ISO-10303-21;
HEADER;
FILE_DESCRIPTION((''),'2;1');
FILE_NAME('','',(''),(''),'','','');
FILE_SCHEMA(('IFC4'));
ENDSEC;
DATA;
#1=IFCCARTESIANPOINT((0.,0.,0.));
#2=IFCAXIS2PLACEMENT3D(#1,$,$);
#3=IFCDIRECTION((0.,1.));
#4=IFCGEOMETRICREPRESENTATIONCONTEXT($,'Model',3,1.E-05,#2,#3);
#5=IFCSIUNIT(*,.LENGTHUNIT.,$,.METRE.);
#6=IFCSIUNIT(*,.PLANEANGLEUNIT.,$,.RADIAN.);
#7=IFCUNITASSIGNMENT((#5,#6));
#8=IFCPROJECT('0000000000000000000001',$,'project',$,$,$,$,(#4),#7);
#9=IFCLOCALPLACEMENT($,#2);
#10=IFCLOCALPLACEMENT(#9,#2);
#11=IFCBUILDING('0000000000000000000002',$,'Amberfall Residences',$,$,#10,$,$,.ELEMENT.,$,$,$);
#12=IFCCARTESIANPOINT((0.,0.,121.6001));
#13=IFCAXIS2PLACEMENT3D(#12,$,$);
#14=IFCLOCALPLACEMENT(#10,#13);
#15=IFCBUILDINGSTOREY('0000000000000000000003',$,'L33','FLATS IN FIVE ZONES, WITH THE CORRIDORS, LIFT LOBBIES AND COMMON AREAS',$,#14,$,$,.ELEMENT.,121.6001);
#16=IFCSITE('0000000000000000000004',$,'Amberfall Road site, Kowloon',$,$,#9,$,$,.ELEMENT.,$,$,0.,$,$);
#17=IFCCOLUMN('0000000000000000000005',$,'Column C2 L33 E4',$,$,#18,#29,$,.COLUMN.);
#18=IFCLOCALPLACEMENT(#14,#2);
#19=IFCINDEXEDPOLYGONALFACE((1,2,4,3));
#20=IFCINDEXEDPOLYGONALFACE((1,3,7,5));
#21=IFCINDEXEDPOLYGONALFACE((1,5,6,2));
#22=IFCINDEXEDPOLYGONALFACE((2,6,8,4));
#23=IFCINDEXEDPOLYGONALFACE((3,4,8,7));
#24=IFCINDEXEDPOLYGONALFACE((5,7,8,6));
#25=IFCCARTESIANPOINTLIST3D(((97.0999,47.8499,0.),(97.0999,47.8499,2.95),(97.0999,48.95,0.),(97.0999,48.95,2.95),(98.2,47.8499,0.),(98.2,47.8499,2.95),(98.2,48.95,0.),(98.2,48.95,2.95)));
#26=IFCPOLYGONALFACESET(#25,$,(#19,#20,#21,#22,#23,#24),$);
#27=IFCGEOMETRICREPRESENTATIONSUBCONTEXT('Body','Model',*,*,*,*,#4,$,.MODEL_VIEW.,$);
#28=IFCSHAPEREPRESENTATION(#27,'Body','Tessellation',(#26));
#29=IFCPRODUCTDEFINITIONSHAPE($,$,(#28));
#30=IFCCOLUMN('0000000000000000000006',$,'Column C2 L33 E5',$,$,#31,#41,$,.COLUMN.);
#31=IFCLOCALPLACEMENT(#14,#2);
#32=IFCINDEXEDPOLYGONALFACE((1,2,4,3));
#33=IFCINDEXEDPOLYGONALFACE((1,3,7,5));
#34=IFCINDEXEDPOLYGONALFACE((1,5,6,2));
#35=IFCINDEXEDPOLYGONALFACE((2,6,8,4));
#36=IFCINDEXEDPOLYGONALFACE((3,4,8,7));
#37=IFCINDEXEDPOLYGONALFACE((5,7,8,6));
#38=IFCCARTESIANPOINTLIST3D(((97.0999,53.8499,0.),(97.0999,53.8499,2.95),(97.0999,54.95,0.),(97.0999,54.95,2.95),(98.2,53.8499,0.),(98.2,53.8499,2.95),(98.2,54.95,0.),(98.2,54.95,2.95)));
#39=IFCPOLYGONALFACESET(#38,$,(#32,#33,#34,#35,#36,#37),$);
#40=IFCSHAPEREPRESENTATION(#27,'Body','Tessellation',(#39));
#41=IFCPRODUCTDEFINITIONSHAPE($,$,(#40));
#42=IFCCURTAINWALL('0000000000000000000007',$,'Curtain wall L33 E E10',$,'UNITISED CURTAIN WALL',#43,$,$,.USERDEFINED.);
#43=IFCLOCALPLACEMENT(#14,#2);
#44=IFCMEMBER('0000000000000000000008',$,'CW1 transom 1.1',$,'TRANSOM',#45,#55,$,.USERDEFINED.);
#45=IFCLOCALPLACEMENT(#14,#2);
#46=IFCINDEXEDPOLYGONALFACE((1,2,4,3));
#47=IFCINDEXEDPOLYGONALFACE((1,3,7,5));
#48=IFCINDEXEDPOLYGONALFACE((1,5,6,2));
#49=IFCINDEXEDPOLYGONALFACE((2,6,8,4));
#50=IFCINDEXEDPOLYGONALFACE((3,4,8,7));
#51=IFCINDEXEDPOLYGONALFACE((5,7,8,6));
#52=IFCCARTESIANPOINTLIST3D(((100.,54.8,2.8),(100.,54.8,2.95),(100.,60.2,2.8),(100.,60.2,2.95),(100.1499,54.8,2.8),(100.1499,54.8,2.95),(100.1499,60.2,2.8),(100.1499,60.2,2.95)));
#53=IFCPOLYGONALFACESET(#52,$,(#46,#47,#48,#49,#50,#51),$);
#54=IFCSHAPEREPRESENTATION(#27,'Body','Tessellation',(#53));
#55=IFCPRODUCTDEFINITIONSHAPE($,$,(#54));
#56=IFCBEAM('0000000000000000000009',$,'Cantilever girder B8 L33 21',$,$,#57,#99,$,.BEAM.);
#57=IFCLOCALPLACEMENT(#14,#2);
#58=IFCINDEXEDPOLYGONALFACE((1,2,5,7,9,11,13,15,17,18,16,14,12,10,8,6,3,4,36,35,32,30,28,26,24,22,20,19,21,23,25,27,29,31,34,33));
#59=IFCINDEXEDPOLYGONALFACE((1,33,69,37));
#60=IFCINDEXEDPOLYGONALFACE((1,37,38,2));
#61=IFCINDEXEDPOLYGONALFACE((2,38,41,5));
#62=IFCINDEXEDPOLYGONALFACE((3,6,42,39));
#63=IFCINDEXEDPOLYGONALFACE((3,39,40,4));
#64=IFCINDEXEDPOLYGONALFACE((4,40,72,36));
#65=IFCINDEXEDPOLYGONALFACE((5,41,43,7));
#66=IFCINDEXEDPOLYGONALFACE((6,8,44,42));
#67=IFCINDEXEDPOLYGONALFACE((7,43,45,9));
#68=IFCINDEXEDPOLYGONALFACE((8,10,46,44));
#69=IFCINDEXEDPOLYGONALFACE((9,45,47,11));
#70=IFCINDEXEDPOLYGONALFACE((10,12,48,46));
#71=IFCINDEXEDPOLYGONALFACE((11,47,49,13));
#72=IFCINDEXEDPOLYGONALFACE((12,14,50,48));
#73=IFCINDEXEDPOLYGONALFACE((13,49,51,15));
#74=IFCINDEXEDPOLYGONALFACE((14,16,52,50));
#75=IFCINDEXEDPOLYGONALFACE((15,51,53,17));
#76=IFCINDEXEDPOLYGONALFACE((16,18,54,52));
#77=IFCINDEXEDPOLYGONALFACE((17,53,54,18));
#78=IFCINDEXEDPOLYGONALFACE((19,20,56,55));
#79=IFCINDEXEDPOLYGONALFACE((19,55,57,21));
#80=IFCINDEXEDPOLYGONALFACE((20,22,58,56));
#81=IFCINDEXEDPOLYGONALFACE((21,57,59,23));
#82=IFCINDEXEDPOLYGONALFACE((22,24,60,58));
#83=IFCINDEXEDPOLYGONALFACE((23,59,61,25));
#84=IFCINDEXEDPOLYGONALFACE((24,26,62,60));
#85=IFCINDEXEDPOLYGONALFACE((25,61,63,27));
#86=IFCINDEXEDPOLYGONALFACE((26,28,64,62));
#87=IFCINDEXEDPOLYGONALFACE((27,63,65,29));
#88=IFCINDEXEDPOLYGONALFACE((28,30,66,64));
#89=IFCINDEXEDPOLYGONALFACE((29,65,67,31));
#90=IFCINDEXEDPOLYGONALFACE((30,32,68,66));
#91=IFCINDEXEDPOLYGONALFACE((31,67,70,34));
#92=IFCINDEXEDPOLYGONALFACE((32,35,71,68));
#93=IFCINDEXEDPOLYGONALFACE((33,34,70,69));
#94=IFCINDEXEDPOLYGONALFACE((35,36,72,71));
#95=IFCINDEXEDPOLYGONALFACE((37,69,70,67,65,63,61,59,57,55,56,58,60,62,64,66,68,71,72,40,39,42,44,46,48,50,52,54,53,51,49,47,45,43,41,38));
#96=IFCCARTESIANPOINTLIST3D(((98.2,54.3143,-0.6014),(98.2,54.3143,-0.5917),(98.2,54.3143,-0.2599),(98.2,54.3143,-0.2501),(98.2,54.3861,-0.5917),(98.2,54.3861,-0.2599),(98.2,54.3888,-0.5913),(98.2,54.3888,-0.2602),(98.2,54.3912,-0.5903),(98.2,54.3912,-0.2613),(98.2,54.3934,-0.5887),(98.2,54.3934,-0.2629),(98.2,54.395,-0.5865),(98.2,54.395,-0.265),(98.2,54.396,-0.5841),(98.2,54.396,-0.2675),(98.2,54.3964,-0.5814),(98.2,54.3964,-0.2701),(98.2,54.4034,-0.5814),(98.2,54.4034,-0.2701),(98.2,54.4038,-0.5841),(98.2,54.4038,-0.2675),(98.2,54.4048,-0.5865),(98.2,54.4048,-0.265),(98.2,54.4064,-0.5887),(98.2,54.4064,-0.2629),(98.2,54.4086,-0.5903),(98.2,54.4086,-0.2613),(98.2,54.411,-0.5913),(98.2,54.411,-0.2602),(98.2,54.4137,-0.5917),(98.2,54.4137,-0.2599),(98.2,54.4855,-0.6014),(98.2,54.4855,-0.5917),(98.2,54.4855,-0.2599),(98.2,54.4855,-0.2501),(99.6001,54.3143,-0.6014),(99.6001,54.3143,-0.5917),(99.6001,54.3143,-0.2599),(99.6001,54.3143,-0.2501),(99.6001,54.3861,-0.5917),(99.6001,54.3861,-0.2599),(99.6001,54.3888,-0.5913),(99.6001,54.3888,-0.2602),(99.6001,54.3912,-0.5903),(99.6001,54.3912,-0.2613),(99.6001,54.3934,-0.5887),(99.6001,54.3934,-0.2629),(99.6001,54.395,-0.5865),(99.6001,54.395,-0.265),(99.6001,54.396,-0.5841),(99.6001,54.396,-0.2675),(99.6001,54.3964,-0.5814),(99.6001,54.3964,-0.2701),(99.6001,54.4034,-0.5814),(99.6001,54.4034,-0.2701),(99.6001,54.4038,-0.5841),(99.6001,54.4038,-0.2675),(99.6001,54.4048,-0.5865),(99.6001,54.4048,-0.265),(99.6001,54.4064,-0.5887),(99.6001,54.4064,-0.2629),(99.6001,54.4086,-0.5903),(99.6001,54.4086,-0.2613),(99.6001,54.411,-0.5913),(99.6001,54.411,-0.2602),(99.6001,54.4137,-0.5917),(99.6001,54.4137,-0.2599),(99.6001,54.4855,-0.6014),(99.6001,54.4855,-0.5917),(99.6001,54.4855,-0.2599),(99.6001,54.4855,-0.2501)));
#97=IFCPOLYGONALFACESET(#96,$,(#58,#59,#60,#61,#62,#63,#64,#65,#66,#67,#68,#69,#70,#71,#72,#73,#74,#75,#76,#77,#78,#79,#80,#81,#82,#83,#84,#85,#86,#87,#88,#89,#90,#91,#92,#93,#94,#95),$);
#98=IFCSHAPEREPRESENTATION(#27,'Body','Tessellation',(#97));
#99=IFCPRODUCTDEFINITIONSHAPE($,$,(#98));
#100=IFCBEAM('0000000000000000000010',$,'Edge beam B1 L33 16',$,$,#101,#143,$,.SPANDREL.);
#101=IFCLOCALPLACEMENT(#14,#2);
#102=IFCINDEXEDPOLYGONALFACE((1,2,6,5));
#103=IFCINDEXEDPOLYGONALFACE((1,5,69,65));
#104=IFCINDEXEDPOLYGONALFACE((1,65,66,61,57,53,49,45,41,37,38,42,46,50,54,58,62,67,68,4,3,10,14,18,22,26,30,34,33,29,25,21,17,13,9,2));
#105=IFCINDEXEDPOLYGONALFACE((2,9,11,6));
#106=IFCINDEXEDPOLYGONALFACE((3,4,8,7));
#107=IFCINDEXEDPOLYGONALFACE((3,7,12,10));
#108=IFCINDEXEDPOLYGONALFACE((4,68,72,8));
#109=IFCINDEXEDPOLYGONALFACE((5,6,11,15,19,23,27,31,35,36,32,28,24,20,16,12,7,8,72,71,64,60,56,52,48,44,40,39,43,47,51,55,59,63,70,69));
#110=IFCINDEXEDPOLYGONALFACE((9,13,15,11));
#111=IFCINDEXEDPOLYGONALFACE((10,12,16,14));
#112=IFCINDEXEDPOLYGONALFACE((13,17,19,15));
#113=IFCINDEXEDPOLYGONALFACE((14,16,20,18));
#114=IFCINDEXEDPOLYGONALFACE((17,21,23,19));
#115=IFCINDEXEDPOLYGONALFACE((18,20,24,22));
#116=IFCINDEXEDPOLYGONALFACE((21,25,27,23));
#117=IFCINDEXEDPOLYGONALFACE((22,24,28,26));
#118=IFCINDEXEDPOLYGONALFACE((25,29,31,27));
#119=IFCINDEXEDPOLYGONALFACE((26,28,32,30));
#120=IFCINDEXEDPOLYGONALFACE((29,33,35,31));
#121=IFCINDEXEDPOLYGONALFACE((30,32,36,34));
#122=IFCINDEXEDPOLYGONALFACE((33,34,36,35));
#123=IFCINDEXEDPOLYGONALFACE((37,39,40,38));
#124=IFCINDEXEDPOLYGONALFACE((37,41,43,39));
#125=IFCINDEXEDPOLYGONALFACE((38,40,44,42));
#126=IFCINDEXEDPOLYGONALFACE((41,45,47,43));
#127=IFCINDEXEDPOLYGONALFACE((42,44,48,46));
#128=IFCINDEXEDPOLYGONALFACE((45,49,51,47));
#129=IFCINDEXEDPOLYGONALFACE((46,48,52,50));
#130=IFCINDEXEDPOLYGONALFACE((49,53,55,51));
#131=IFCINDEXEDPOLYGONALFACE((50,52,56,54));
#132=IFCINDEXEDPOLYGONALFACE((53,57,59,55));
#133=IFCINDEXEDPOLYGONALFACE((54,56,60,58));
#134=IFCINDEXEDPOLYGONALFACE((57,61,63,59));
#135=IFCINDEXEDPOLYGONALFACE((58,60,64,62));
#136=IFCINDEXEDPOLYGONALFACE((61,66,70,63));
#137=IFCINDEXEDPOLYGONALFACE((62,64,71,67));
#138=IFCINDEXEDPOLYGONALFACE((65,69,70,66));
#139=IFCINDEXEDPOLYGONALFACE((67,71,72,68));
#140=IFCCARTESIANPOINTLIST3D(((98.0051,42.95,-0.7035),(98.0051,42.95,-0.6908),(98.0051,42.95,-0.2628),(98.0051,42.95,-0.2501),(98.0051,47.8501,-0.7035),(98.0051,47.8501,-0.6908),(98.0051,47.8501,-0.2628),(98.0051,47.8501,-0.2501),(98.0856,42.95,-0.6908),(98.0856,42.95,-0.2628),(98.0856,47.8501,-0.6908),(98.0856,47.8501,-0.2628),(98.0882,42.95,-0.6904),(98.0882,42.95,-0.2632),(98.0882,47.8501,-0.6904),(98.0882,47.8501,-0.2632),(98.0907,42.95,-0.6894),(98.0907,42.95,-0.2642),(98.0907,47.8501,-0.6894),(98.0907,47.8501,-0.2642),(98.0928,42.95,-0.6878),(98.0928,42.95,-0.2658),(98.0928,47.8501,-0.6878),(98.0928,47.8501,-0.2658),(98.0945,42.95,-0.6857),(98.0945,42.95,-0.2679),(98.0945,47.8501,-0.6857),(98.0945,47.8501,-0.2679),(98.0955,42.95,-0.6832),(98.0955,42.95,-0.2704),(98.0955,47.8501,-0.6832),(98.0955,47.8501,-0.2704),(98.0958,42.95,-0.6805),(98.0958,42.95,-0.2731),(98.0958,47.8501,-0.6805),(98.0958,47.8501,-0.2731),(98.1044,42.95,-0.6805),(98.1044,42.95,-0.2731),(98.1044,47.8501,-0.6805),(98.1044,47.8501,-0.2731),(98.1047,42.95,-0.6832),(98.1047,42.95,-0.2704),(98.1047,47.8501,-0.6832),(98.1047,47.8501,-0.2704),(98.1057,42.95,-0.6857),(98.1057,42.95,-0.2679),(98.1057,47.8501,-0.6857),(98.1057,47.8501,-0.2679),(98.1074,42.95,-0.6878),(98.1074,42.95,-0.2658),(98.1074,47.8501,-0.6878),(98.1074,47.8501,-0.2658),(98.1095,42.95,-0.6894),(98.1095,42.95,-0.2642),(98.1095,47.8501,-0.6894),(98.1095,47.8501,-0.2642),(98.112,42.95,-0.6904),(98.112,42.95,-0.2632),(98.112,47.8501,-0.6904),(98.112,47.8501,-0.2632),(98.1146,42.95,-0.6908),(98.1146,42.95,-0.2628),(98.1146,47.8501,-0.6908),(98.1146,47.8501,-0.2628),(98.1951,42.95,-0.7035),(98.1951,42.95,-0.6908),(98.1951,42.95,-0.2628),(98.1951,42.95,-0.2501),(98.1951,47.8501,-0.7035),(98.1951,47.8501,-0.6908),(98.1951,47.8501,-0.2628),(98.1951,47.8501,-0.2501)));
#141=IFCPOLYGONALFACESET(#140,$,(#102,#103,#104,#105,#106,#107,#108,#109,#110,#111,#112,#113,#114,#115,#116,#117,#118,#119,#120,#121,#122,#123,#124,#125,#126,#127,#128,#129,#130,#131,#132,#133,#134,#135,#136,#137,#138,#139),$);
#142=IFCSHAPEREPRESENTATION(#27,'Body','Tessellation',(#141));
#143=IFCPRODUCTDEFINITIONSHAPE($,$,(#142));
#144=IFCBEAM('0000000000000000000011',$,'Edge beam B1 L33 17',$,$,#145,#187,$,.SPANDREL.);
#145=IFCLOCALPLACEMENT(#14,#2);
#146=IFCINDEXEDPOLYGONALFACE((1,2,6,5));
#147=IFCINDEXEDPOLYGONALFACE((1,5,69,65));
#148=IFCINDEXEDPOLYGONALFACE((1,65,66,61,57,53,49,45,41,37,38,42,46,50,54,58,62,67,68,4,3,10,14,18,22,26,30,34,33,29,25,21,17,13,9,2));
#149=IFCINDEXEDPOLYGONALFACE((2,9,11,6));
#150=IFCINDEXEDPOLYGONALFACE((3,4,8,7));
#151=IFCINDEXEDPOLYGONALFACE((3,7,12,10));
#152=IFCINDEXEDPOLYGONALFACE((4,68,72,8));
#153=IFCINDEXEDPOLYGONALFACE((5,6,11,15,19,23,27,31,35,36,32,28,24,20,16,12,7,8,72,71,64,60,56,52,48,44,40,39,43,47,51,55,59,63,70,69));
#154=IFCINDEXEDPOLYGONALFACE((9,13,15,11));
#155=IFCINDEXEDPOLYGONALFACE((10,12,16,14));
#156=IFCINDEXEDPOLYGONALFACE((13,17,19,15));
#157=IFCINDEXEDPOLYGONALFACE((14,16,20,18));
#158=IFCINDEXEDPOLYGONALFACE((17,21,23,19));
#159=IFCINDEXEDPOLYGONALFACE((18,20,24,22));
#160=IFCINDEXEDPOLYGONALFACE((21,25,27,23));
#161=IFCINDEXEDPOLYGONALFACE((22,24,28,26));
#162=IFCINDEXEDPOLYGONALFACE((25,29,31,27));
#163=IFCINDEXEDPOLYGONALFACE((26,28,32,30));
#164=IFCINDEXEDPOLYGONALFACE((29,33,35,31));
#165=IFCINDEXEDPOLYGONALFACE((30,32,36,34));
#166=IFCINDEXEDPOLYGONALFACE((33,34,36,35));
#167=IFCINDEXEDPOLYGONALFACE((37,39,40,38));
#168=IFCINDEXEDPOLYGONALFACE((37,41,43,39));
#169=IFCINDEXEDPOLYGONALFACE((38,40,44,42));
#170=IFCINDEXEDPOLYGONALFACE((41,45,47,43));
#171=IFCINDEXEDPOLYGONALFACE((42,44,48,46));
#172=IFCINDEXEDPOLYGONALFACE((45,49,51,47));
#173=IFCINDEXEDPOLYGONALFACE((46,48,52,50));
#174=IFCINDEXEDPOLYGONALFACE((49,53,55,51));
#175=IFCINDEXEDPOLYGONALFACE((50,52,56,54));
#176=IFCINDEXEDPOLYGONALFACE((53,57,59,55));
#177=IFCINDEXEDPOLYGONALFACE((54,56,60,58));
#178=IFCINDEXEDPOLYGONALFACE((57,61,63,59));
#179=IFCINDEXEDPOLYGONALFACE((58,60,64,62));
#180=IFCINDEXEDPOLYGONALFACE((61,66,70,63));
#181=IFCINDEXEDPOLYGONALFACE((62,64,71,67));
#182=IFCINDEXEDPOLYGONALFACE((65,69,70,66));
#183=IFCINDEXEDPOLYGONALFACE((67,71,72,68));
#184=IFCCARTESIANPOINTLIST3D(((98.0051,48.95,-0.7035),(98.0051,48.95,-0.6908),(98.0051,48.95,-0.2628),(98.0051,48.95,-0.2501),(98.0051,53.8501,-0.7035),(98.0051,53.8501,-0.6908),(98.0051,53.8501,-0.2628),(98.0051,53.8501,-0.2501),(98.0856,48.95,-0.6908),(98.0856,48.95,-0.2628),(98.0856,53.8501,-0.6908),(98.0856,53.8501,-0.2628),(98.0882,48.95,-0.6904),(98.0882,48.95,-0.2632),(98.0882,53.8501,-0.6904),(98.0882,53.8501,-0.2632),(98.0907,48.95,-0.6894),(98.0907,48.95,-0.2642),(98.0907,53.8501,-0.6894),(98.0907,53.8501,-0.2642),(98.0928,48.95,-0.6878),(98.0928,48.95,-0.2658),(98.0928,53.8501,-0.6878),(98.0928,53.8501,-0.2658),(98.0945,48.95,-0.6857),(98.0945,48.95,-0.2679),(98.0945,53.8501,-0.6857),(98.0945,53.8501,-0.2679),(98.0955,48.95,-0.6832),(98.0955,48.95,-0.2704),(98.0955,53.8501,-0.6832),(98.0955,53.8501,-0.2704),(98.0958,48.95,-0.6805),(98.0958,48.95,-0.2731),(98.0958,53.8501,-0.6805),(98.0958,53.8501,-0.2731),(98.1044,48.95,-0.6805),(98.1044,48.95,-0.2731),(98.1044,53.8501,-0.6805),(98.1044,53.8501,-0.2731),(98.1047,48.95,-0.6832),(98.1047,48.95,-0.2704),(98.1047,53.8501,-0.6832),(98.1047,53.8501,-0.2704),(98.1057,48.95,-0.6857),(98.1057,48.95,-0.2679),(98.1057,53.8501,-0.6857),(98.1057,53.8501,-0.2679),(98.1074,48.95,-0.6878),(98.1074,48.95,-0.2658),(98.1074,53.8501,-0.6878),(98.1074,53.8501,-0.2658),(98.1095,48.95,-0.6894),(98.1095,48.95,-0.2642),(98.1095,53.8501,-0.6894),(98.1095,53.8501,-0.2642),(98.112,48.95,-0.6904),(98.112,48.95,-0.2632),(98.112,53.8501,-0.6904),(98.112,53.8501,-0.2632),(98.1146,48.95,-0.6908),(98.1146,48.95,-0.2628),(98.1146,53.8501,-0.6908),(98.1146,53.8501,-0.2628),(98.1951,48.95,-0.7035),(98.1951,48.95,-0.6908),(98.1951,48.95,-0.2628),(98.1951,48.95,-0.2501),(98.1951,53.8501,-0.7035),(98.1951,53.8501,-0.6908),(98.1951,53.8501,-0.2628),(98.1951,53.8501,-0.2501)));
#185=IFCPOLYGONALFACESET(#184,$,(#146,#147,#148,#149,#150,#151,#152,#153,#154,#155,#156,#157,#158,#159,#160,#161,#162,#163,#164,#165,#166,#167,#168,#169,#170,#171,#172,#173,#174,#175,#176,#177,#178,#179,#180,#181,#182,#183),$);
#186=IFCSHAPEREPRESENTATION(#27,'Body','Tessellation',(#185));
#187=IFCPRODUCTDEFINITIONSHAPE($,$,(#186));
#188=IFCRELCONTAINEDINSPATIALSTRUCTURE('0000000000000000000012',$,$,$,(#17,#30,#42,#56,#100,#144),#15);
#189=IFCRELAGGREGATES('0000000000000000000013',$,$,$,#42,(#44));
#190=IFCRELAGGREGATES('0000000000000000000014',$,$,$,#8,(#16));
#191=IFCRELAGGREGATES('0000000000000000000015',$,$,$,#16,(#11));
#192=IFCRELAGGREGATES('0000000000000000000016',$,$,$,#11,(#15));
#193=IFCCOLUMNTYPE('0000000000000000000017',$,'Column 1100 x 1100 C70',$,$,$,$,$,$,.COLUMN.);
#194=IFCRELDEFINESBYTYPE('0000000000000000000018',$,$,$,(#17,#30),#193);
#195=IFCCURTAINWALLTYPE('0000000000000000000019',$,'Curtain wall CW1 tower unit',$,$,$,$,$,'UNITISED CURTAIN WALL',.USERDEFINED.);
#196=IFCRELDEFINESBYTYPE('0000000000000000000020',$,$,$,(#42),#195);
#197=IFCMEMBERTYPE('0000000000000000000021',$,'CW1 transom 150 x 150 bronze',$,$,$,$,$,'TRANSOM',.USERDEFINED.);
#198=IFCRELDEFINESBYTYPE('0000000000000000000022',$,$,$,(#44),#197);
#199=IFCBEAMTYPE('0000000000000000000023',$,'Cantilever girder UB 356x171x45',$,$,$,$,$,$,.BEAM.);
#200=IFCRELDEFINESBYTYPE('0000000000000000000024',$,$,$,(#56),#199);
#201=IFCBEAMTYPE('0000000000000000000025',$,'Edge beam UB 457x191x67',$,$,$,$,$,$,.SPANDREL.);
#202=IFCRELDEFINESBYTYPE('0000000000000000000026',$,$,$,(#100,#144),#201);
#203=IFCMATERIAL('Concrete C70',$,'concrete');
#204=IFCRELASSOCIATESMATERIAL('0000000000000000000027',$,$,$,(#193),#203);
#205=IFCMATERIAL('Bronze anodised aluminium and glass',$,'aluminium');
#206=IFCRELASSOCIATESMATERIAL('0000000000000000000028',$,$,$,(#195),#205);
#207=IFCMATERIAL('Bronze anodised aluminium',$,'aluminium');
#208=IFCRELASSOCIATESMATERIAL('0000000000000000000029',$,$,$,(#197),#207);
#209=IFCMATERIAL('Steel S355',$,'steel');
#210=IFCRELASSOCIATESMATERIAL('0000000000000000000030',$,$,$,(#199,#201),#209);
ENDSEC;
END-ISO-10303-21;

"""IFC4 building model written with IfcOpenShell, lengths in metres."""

from ifc_helpers import new_model, si_unit, direction, frame, origin, origin_2d, place, context, subcontext, project, spatial, rectangle, i_section, extrude, material, material_profile, profile_set, type_object, element, aggregate, save


model = new_model("IFC4")

# Units and contexts
model_context = context("Model", 3, precision=1e-05, world=origin(), true_north=direction((0.0, 1.0)))
body_context = subcontext(model_context, "Body", "Model", "MODEL_VIEW")
ifc_project = project(units=[si_unit("LENGTHUNIT", "METRE"), si_unit("PLANEANGLEUNIT", "RADIAN")], contexts=[model_context])

# Site, building, storey
site_placement = place(None, origin())
site = spatial("IfcSite", under=ifc_project, at=site_placement, Name="Amberfall Road site, Kowloon", CompositionType="ELEMENT", RefElevation=0.0)
building_placement = place(site_placement, origin())
building = spatial("IfcBuilding", under=site, at=building_placement, Name="Amberfall Residences", CompositionType="ELEMENT")
storey_placement = place(building_placement, frame((0.0, 0.0, 121.6001)))
storey = spatial("IfcBuildingStorey", under=building, at=storey_placement, Name="L33", Description="FLATS IN FIVE ZONES, WITH THE CORRIDORS, LIFT LOBBIES AND COMMON AREAS", CompositionType="ELEMENT", Elevation=121.6001)

# Columns
ifc_material_1 = material(Name="Concrete C70", Category="concrete")
ifc_material_profile_1 = material_profile(ifc_material_1, rectangle(XDim=1.1001, YDim=1.1001, at=origin_2d()), Name="Column 1100 x 1100 C70")
ifc_profile_set_1 = profile_set([ifc_material_profile_1], Name="Concrete C70")
column_type = type_object("IfcColumnType", Name="Column 1100 x 1100 C70", PredefinedType="COLUMN", material=ifc_profile_set_1)
for number, where, z_axis, x_axis, name in (
    (1, (97.6499, 48.3999, 0.0), (0.0, 0.0, 1.0), (1.0, 0.0, 0.0), "Column C2 L33 E4"),
    (2, (97.6499, 54.3999, 0.0), (0.0, 0.0, 1.0), (1.0, 0.0, 0.0), "Column C2 L33 E5"),
):
    element("IfcColumn", number, at=place(storey_placement, frame(where, z_axis=z_axis, x_axis=x_axis)), inside=storey, type_object=column_type, Name=name, PredefinedType="COLUMN", context=body_context, shape_type="SweptSolid", body=[
        extrude(rectangle(XDim=1.1001, YDim=1.1001, at=origin_2d()), origin(), (0.0, 0.0, 1.0), 2.95),
    ])

# Curtain wall, member
ifc_material_2 = material(Name="Bronze anodised aluminium and glass", Category="aluminium")
curtain_wall_type = type_object("IfcCurtainWallType", Name="Curtain wall CW1 tower unit", ElementType="UNITISED CURTAIN WALL", PredefinedType="USERDEFINED", material=ifc_material_2)
curtain_wall_placement = place(storey_placement, origin())
curtain_wall = element("IfcCurtainWall", 3, at=curtain_wall_placement, inside=storey, type_object=curtain_wall_type, Name="Curtain wall L33 E E10", ObjectType="UNITISED CURTAIN WALL", PredefinedType="USERDEFINED")
ifc_material_3 = material(Name="Bronze anodised aluminium", Category="aluminium")
ifc_material_profile_2 = material_profile(ifc_material_3, rectangle(XDim=0.1499, YDim=0.1499, at=origin_2d()), Name="CW1 transom 150 x 150 bronze")
ifc_profile_set_2 = profile_set([ifc_material_profile_2], Name="Bronze anodised aluminium")
member_type_1 = type_object("IfcMemberType", Name="CW1 transom 150 x 150 bronze", ElementType="TRANSOM", PredefinedType="USERDEFINED", material=ifc_profile_set_2)
member_1_placement = place(storey_placement, frame((100.075, 54.8, 2.875), z_axis=(0.0, 1.0, 0.0), x_axis=(-1.0, 0.0, 0.0)))
member_1 = element("IfcMember", 4, at=member_1_placement, type_object=member_type_1, Name="CW1 transom 1.1", ObjectType="TRANSOM", PredefinedType="USERDEFINED", context=body_context, shape_type="SweptSolid", body=[
    extrude(rectangle(XDim=0.1499, YDim=0.1499, at=origin_2d()), origin(), (0.0, 0.0, 1.0), 5.3999),
])

# Beams
ifc_material_4 = material(Name="Steel S355", Category="steel")
ifc_material_profile_3 = material_profile(ifc_material_4, i_section(OverallWidth=0.1711, OverallDepth=0.3513, WebThickness=0.0071, FlangeThickness=0.0098, FilletRadius=0.0103, at=origin_2d()), Name="UB 356x171x45")
ifc_profile_set_3 = profile_set([ifc_material_profile_3], Name="Steel S355")
beam_type_1 = type_object("IfcBeamType", Name="Cantilever girder UB 356x171x45", PredefinedType="BEAM", material=ifc_profile_set_3)
beam_1_placement = place(storey_placement, frame((98.2, 54.3999, -0.4258), z_axis=(1.0, 0.0, 0.0), x_axis=(0.0, 1.0, 0.0)))
element("IfcBeam", 5, at=beam_1_placement, inside=storey, type_object=beam_type_1, Name="Cantilever girder B8 L33 21", PredefinedType="BEAM", context=body_context, shape_type="SweptSolid", body=[
    extrude(i_section(OverallWidth=0.1711, OverallDepth=0.3513, WebThickness=0.0071, FlangeThickness=0.0098, FilletRadius=0.0103, at=origin_2d()), origin(), (0.0, 0.0, 1.0), 1.4001),
])
ifc_material_profile_4 = material_profile(ifc_material_4, i_section(OverallWidth=0.1899, OverallDepth=0.4534, WebThickness=0.0085, FlangeThickness=0.0127, FilletRadius=0.0103, at=origin_2d()), Name="UB 457x191x67")
ifc_profile_set_4 = profile_set([ifc_material_profile_4], Name="Steel S355")
beam_type_2 = type_object("IfcBeamType", Name="Edge beam UB 457x191x67", PredefinedType="SPANDREL", material=ifc_profile_set_4)
for number, where, z_axis, x_axis, name in (
    (6, (98.1001, 42.95, -0.4768), (0.0, 1.0, 0.0), (-1.0, 0.0, 0.0), "Edge beam B1 L33 16"),
    (7, (98.1001, 48.95, -0.4768), (0.0, 1.0, 0.0), (-1.0, 0.0, 0.0), "Edge beam B1 L33 17"),
):
    element("IfcBeam", number, at=place(storey_placement, frame(where, z_axis=z_axis, x_axis=x_axis)), inside=storey, type_object=beam_type_2, Name=name, PredefinedType="SPANDREL", context=body_context, shape_type="SweptSolid", body=[
        extrude(i_section(OverallWidth=0.1899, OverallDepth=0.4534, WebThickness=0.0085, FlangeThickness=0.0127, FilletRadius=0.0103, at=origin_2d()), origin(), (0.0, 0.0, 1.0), 4.9001),
    ])

aggregate(curtain_wall, [member_1])

save(model, "model.ifc")
